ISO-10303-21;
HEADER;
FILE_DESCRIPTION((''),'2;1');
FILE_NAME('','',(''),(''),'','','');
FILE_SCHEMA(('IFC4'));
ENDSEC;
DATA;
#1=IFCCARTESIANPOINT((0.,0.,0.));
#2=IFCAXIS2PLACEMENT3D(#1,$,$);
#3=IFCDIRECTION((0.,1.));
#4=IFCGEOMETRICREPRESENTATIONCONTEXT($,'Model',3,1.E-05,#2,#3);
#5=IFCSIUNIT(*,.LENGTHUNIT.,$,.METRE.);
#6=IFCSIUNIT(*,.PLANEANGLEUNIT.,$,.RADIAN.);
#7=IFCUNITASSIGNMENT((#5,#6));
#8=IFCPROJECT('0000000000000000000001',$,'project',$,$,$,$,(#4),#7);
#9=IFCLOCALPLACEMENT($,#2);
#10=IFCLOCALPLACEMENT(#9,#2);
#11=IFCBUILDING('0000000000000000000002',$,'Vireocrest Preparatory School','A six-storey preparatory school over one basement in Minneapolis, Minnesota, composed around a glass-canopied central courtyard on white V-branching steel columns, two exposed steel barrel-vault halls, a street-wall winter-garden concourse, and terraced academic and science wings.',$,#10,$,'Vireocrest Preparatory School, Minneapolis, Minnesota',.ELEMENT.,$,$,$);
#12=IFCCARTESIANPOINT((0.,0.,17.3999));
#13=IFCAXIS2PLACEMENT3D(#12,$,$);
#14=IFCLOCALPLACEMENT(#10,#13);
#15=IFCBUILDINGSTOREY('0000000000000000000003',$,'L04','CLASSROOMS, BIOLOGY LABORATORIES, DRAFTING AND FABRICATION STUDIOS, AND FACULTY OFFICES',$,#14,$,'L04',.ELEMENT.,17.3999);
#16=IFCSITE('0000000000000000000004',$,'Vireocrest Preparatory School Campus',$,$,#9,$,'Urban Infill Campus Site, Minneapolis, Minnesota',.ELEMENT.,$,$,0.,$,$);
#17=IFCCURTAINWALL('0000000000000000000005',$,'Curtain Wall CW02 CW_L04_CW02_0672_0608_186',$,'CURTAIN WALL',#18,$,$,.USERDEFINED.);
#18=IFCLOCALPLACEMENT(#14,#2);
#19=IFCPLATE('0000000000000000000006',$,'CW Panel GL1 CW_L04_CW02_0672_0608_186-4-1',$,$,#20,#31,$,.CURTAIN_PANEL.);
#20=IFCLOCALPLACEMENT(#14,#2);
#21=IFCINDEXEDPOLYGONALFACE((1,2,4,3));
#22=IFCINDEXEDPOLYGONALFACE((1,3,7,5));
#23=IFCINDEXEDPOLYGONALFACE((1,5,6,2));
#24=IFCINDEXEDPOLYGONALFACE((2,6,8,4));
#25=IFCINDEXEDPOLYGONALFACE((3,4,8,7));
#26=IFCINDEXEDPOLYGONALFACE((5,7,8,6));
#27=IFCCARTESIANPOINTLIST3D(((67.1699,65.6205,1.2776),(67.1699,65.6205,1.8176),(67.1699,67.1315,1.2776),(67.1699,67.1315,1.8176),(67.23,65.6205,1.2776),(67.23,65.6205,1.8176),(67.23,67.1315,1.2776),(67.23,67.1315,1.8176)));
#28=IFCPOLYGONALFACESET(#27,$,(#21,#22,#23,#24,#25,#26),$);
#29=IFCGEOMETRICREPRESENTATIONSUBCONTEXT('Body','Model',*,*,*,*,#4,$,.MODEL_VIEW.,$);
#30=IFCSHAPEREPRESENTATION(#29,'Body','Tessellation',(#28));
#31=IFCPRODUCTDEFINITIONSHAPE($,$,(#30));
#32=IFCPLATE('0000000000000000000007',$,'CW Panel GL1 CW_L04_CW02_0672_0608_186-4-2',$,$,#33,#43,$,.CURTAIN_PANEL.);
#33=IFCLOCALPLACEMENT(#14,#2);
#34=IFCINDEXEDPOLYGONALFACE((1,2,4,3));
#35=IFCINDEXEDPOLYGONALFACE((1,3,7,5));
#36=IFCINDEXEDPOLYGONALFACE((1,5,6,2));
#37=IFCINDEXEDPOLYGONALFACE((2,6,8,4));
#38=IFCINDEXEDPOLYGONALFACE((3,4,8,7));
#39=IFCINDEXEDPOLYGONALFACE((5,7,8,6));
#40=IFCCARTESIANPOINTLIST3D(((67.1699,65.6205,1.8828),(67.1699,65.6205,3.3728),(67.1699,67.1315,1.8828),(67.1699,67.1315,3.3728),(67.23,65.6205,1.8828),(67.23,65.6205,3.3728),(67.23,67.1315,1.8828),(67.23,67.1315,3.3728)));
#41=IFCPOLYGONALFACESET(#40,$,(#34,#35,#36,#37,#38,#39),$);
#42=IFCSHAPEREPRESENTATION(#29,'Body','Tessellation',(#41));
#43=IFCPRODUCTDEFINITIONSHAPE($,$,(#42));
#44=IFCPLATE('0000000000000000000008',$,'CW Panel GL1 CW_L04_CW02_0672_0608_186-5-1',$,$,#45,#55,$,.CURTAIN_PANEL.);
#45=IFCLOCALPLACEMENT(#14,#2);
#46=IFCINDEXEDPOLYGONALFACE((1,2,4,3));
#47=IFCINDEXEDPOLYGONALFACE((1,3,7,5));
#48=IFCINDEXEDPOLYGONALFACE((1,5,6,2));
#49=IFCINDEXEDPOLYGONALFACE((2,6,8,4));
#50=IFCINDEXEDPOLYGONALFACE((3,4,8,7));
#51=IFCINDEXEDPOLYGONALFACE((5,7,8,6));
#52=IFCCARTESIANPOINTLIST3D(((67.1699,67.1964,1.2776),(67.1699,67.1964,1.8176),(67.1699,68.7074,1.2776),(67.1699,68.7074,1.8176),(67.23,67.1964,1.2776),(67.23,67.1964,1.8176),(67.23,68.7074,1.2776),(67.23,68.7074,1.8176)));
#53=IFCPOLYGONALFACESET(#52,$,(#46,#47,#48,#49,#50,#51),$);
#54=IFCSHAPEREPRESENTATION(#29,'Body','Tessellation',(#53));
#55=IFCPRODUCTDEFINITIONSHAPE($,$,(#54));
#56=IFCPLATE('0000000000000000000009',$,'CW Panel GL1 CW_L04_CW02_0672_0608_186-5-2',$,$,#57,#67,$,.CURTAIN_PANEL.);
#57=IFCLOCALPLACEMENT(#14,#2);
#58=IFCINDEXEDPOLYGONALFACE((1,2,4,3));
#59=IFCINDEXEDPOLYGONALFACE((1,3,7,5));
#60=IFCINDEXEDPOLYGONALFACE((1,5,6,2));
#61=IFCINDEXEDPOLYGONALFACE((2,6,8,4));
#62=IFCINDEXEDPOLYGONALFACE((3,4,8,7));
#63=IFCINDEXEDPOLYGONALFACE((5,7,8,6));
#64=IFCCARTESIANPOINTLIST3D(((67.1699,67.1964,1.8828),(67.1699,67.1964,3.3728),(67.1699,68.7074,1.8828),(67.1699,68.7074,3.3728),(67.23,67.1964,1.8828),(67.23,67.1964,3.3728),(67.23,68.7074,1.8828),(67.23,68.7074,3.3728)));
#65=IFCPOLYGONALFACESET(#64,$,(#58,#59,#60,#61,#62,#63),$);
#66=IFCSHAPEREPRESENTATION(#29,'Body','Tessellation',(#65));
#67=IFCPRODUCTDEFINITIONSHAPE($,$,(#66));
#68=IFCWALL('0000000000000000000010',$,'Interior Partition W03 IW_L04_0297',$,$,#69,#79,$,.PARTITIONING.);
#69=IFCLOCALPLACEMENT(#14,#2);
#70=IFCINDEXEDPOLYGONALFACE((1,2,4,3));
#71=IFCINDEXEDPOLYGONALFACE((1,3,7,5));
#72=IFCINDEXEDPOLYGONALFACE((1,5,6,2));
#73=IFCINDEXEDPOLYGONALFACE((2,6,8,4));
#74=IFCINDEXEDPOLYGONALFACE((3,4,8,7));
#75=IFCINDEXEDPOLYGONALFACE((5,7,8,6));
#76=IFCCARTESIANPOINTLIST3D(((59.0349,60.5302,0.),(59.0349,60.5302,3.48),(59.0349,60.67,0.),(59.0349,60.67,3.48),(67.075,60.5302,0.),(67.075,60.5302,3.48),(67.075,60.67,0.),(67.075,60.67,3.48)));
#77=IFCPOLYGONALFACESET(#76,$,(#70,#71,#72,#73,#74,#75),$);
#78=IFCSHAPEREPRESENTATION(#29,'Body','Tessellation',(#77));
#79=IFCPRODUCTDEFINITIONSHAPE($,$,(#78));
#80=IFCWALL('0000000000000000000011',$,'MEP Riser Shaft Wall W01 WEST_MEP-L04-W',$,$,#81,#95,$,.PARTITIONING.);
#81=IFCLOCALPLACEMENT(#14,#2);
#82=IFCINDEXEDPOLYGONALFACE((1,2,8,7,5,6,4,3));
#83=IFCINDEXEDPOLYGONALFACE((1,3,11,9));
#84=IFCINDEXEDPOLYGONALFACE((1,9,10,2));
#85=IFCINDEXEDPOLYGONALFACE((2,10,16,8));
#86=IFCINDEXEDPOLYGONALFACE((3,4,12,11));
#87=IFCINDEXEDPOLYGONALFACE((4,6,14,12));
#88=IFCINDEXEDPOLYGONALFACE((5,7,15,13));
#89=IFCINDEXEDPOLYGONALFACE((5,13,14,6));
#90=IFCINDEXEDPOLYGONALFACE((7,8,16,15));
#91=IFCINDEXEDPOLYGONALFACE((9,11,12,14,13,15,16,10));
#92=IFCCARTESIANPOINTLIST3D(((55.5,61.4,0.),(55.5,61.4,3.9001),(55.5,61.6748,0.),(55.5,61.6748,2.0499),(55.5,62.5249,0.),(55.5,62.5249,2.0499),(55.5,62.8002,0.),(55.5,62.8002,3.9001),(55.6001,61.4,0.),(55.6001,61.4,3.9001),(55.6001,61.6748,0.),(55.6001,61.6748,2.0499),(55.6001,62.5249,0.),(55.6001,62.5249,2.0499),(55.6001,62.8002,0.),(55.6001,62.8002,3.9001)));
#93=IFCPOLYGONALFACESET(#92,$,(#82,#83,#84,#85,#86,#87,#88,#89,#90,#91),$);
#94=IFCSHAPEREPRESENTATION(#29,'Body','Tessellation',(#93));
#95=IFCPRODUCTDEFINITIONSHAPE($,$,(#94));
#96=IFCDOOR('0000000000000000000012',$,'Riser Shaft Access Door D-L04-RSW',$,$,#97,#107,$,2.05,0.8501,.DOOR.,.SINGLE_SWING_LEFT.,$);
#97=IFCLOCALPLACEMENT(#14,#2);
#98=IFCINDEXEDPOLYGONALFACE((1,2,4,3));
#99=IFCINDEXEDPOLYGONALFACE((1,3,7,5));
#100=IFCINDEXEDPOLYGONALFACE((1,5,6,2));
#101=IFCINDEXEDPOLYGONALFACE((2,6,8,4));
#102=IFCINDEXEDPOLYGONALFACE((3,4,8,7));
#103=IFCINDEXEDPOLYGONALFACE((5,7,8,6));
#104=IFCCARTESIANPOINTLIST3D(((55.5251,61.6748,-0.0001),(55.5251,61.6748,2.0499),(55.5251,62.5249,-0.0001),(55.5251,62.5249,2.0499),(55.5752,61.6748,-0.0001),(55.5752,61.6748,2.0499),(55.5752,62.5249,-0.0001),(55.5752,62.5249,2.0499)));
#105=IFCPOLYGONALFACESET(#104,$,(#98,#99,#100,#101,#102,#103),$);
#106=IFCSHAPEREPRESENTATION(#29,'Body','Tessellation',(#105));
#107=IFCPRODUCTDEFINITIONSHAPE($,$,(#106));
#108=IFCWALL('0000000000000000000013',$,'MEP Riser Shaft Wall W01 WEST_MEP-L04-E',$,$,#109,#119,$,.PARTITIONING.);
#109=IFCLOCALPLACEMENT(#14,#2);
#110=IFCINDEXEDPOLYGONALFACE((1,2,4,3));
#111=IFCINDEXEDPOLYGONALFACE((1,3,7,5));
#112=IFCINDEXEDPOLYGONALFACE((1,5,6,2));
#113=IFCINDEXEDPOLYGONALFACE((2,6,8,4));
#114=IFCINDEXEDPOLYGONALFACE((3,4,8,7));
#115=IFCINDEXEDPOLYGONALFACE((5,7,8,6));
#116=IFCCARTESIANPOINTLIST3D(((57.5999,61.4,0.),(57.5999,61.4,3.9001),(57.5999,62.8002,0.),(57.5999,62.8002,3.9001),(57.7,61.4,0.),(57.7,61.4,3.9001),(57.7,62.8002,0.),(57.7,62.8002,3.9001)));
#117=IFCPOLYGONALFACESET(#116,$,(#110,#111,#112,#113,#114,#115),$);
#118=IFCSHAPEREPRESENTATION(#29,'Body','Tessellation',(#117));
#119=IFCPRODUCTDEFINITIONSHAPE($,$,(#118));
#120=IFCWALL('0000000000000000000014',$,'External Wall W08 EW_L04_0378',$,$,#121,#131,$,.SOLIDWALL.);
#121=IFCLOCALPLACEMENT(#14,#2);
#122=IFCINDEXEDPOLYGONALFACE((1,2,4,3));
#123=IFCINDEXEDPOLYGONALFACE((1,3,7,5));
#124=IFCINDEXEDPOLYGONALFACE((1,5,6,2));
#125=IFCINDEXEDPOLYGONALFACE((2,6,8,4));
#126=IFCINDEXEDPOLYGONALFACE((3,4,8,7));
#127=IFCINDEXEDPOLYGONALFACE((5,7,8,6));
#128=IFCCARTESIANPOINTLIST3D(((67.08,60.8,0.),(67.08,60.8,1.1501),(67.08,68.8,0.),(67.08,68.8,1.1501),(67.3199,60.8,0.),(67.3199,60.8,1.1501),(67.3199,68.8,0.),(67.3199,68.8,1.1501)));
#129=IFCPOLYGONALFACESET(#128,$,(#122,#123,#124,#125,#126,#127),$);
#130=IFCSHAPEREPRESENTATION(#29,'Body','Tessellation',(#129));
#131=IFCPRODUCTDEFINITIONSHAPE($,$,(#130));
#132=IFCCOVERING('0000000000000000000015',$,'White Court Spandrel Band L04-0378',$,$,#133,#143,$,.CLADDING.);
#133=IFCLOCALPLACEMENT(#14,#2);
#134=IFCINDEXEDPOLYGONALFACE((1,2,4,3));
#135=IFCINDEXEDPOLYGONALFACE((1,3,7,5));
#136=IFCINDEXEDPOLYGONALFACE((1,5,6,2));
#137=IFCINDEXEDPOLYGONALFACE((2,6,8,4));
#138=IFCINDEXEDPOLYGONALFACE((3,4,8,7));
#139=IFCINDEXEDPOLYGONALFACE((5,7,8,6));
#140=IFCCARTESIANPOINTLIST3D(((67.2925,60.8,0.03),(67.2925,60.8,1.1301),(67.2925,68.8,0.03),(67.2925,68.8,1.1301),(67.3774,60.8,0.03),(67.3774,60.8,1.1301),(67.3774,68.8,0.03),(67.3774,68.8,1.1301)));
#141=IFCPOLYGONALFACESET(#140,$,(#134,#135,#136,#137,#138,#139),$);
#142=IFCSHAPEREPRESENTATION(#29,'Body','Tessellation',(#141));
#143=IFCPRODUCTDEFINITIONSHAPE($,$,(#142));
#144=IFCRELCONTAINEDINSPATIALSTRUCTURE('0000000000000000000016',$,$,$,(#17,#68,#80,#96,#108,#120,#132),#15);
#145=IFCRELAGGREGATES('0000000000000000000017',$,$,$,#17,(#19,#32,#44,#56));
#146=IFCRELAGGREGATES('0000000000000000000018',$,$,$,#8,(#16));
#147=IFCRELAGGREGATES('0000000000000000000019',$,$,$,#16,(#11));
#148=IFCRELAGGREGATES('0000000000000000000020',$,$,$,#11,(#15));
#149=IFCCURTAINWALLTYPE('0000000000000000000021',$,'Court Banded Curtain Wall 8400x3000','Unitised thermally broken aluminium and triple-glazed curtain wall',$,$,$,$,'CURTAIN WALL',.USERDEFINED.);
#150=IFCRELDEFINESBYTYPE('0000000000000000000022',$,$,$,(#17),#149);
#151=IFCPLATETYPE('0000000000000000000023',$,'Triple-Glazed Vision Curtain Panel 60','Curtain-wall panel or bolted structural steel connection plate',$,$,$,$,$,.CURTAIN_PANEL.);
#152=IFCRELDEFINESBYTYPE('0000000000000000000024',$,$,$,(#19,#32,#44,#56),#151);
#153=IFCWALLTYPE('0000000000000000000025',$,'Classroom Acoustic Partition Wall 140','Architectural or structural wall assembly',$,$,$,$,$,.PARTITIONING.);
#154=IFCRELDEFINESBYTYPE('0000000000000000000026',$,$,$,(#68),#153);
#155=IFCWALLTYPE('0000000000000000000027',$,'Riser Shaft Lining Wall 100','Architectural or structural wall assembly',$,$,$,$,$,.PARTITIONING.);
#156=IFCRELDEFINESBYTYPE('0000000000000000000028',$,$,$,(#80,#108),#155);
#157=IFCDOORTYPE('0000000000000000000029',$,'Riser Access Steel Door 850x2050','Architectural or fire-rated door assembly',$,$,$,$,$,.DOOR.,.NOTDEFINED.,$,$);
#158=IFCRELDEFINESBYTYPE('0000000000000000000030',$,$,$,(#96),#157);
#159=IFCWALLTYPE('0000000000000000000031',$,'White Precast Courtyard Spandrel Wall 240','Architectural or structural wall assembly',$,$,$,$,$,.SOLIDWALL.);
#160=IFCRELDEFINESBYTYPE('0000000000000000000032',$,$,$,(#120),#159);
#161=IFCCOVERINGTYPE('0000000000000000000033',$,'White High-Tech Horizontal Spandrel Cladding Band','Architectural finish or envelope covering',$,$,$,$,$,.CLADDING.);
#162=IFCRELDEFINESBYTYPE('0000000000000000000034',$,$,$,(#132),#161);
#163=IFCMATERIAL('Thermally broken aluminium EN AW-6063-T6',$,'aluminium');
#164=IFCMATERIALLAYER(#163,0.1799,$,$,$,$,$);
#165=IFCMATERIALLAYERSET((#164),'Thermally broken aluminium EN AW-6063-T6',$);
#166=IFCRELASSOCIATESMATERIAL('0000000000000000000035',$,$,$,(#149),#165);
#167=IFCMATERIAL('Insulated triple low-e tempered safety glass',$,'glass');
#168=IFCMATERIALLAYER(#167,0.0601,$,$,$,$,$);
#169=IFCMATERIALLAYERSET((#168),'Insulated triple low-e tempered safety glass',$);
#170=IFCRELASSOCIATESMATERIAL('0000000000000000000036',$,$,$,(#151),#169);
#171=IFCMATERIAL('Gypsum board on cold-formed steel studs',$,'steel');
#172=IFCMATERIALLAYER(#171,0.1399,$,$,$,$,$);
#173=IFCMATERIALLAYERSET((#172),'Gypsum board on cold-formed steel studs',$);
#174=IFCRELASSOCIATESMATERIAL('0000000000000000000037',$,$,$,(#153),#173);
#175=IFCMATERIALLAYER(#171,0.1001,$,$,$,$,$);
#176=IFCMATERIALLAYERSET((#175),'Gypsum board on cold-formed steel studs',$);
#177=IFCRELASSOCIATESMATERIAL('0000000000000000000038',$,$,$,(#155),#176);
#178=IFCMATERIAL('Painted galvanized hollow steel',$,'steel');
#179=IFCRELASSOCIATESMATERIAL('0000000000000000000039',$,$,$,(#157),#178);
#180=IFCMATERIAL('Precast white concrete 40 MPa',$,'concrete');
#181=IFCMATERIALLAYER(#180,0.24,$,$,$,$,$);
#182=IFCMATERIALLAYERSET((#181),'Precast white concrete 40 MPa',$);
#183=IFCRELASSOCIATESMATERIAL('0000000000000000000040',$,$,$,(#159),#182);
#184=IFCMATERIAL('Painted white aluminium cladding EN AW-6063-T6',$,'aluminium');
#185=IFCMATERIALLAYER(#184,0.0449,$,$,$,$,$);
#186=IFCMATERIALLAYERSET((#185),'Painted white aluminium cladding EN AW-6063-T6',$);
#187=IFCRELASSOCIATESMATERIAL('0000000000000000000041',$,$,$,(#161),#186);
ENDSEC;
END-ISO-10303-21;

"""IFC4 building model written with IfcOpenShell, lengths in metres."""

from ifc_helpers import new_model, si_unit, direction, frame, frame_2d, origin, origin_2d, place, context, subcontext, project, spatial, rectangle, extrude, material, layer, layer_set, type_object, element, fill, aggregate, save


model = new_model("IFC4")

# Units and contexts
model_context = context("Model", 3, precision=1e-05, world=origin(), true_north=direction((0.0, 1.0)))
body_context = subcontext(model_context, "Body", "Model", "MODEL_VIEW")
ifc_project = project(units=[si_unit("LENGTHUNIT", "METRE"), si_unit("PLANEANGLEUNIT", "RADIAN")], contexts=[model_context])

# Site, building, storey
site_placement = place(None, origin())
site = spatial("IfcSite", under=ifc_project, at=site_placement, Name="Vireocrest Preparatory School Campus", LongName="Urban Infill Campus Site, Minneapolis, Minnesota", CompositionType="ELEMENT", RefElevation=0.0)
building_placement = place(site_placement, origin())
building = spatial("IfcBuilding", under=site, at=building_placement, Name="Vireocrest Preparatory School", Description="A six-storey preparatory school over one basement in Minneapolis, Minnesota, composed around a glass-canopied central courtyard on white V-branching steel columns, two exposed steel barrel-vault halls, a street-wall winter-garden concourse, and terraced academic and science wings.", LongName="Vireocrest Preparatory School, Minneapolis, Minnesota", CompositionType="ELEMENT")
storey_placement = place(building_placement, frame((0.0, 0.0, 17.3999)))
storey = spatial("IfcBuildingStorey", under=building, at=storey_placement, Name="L04", Description="CLASSROOMS, BIOLOGY LABORATORIES, DRAFTING AND FABRICATION STUDIOS, AND FACULTY OFFICES", LongName="L04", CompositionType="ELEMENT", Elevation=17.3999)

# Shared definitions
ifc_material_1 = material(Name="Thermally broken aluminium EN AW-6063-T6", Category="aluminium")
ifc_layer_1 = layer(ifc_material_1, 0.1799)
ifc_layer_set_1 = layer_set([ifc_layer_1], Name="Thermally broken aluminium EN AW-6063-T6")
curtain_wall_type = type_object("IfcCurtainWallType", Name="Court Banded Curtain Wall 8400x3000", Description="Unitised thermally broken aluminium and triple-glazed curtain wall", ElementType="CURTAIN WALL", PredefinedType="USERDEFINED", material=ifc_layer_set_1)

# Curtain wall
curtain_wall_1_placement = place(storey_placement, origin())
curtain_wall_1 = element("IfcCurtainWall", 1, at=curtain_wall_1_placement, inside=storey, type_object=curtain_wall_type, Name="Curtain Wall CW02 CW_L04_CW02_0672_0608_186", ObjectType="CURTAIN WALL", PredefinedType="USERDEFINED")

# Plates
ifc_material_2 = material(Name="Insulated triple low-e tempered safety glass", Category="glass")
ifc_layer_2 = layer(ifc_material_2, 0.0601)
ifc_layer_set_2 = layer_set([ifc_layer_2], Name="Insulated triple low-e tempered safety glass")
plate_type = type_object("IfcPlateType", Name="Triple-Glazed Vision Curtain Panel 60", Description="Curtain-wall panel or bolted structural steel connection plate", PredefinedType="CURTAIN_PANEL", material=ifc_layer_set_2)
plate_1_placement = place(storey_placement, frame((67.2, 66.376, 1.2776), z_axis=(0.0, 0.0, 1.0), x_axis=(0.0, 1.0, 0.0)))
plate_1 = element("IfcPlate", 2, at=plate_1_placement, type_object=plate_type, Name="CW Panel GL1 CW_L04_CW02_0672_0608_186-4-1", PredefinedType="CURTAIN_PANEL", context=body_context, shape_type="SweptSolid", body=[
    extrude(rectangle(XDim=1.511, YDim=0.0601, at=origin_2d()), origin(), (0.0, 0.0, 1.0), 0.54),
])
plate_2_placement = place(storey_placement, frame((67.2, 66.376, 1.8828), z_axis=(0.0, 0.0, 1.0), x_axis=(0.0, 1.0, 0.0)))
plate_2 = element("IfcPlate", 3, at=plate_2_placement, type_object=plate_type, Name="CW Panel GL1 CW_L04_CW02_0672_0608_186-4-2", PredefinedType="CURTAIN_PANEL", context=body_context, shape_type="SweptSolid", body=[
    extrude(rectangle(XDim=1.511, YDim=0.0601, at=origin_2d()), origin(), (0.0, 0.0, 1.0), 1.49),
])
plate_3_placement = place(storey_placement, frame((67.2, 67.9519, 1.2776), z_axis=(0.0, 0.0, 1.0), x_axis=(0.0, 1.0, 0.0)))
plate_3 = element("IfcPlate", 4, at=plate_3_placement, type_object=plate_type, Name="CW Panel GL1 CW_L04_CW02_0672_0608_186-5-1", PredefinedType="CURTAIN_PANEL", context=body_context, shape_type="SweptSolid", body=[
    extrude(rectangle(XDim=1.511, YDim=0.0601, at=origin_2d()), origin(), (0.0, 0.0, 1.0), 0.54),
])
plate_4_placement = place(storey_placement, frame((67.2, 67.9519, 1.8828), z_axis=(0.0, 0.0, 1.0), x_axis=(0.0, 1.0, 0.0)))
plate_4 = element("IfcPlate", 5, at=plate_4_placement, type_object=plate_type, Name="CW Panel GL1 CW_L04_CW02_0672_0608_186-5-2", PredefinedType="CURTAIN_PANEL", context=body_context, shape_type="SweptSolid", body=[
    extrude(rectangle(XDim=1.511, YDim=0.0601, at=origin_2d()), origin(), (0.0, 0.0, 1.0), 1.49),
])
aggregate(curtain_wall_1, [plate_1, plate_2, plate_3, plate_4])

# Wall
ifc_material_3 = material(Name="Gypsum board on cold-formed steel studs", Category="steel")
ifc_layer_3 = layer(ifc_material_3, 0.1399)
ifc_layer_set_3 = layer_set([ifc_layer_3], Name="Gypsum board on cold-formed steel studs")
wall_type_1 = type_object("IfcWallType", Name="Classroom Acoustic Partition Wall 140", Description="Architectural or structural wall assembly", PredefinedType="PARTITIONING", material=ifc_layer_set_3)
wall_1_placement = place(storey_placement, frame((59.0349, 60.6001, 0.0), z_axis=(0.0, 0.0, 1.0), x_axis=(1.0, 0.0, 0.0)))
element("IfcWall", 6, at=wall_1_placement, inside=storey, type_object=wall_type_1, Name="Interior Partition W03 IW_L04_0297", PredefinedType="PARTITIONING", context=body_context, shape_type="SweptSolid", body=[
    extrude(rectangle(XDim=8.04, YDim=0.1399, at=frame_2d((4.02, 0.0))), origin(), (0.0, 0.0, 1.0), 3.48),
])

# Wall, opening, door
ifc_layer_4 = layer(ifc_material_3, 0.1001)
ifc_layer_set_4 = layer_set([ifc_layer_4], Name="Gypsum board on cold-formed steel studs")
wall_type_2 = type_object("IfcWallType", Name="Riser Shaft Lining Wall 100", Description="Architectural or structural wall assembly", PredefinedType="PARTITIONING", material=ifc_layer_set_4)
wall_2_placement = place(storey_placement, frame((55.55, 61.3999, 0.0), z_axis=(0.0, 0.0, 1.0), x_axis=(0.0, 1.0, 0.0)))
wall_2 = element("IfcWall", 7, at=wall_2_placement, inside=storey, type_object=wall_type_2, Name="MEP Riser Shaft Wall W01 WEST_MEP-L04-W", PredefinedType="PARTITIONING", context=body_context, shape_type="SweptSolid", body=[
    extrude(rectangle(XDim=1.4001, YDim=0.1001, at=frame_2d((0.7002, 0.0))), origin(), (0.0, 0.0, 1.0), 3.9001),
])
opening_placement = place(wall_2_placement, frame((0.2749, 0.0, 0.0)))
opening = element("IfcOpeningElement", 8, at=opening_placement, cuts=wall_2, PredefinedType="OPENING", context=body_context, shape_type="SweptSolid", body=[
    extrude(rectangle(XDim=0.8501, YDim=2.05, at=frame_2d((0.425, 1.0249))), frame((0.0, 0.0601, 0.0), z_axis=(0.0, -1.0, 0.0), x_axis=(1.0, 0.0, 0.0)), (0.0, 0.0, 1.0), 0.1201),
])
ifc_material_4 = material(Name="Painted galvanized hollow steel", Category="steel")
door_type = type_object("IfcDoorType", Name="Riser Access Steel Door 850x2050", Description="Architectural or fire-rated door assembly", OperationType="NOTDEFINED", PredefinedType="DOOR", material=ifc_material_4)
door_placement = place(opening_placement, origin())
door = element("IfcDoor", 9, at=door_placement, inside=storey, type_object=door_type, Name="Riser Shaft Access Door D-L04-RSW", OperationType="SINGLE_SWING_LEFT", OverallHeight=2.05, OverallWidth=0.8501, PredefinedType="DOOR", context=body_context, shape_type="SweptSolid", body=[
    extrude(rectangle(XDim=0.8501, YDim=2.05, at=frame_2d((0.425, 1.0249))), frame((0.0, 0.0249, 0.0), z_axis=(0.0, -1.0, 0.0), x_axis=(1.0, 0.0, 0.0)), (0.0, 0.0, 1.0), 0.05),
])
fill(opening, door)

# Walls
wall_3_placement = place(storey_placement, frame((57.6499, 61.3999, 0.0), z_axis=(0.0, 0.0, 1.0), x_axis=(0.0, 1.0, 0.0)))
element("IfcWall", 10, at=wall_3_placement, inside=storey, type_object=wall_type_2, Name="MEP Riser Shaft Wall W01 WEST_MEP-L04-E", PredefinedType="PARTITIONING", context=body_context, shape_type="SweptSolid", body=[
    extrude(rectangle(XDim=1.4001, YDim=0.1001, at=frame_2d((0.7002, 0.0))), origin(), (0.0, 0.0, 1.0), 3.9001),
])
ifc_material_5 = material(Name="Precast white concrete 40 MPa", Category="concrete")
ifc_layer_5 = layer(ifc_material_5, 0.24)
ifc_layer_set_5 = layer_set([ifc_layer_5], Name="Precast white concrete 40 MPa")
wall_type_3 = type_object("IfcWallType", Name="White Precast Courtyard Spandrel Wall 240", Description="Architectural or structural wall assembly", PredefinedType="SOLIDWALL", material=ifc_layer_set_5)
wall_4_placement = place(storey_placement, frame((67.2, 60.8, 0.0), z_axis=(0.0, 0.0, 1.0), x_axis=(0.0, 1.0, 0.0)))
element("IfcWall", 11, at=wall_4_placement, inside=storey, type_object=wall_type_3, Name="External Wall W08 EW_L04_0378", PredefinedType="SOLIDWALL", context=body_context, shape_type="SweptSolid", body=[
    extrude(rectangle(XDim=8.0, YDim=0.24, at=frame_2d((4.0, 0.0))), origin(), (0.0, 0.0, 1.0), 1.1501),
])

# Covering
ifc_material_6 = material(Name="Painted white aluminium cladding EN AW-6063-T6", Category="aluminium")
ifc_layer_6 = layer(ifc_material_6, 0.0449)
ifc_layer_set_6 = layer_set([ifc_layer_6], Name="Painted white aluminium cladding EN AW-6063-T6")
covering_type = type_object("IfcCoveringType", Name="White High-Tech Horizontal Spandrel Cladding Band", Description="Architectural finish or envelope covering", PredefinedType="CLADDING", material=ifc_layer_set_6)
covering_placement = place(storey_placement, frame((67.335, 64.8, 0.03), z_axis=(0.0, 0.0, 1.0), x_axis=(1.0, 0.0, 0.0)))
element("IfcCovering", 12, at=covering_placement, inside=storey, type_object=covering_type, Name="White Court Spandrel Band L04-0378", PredefinedType="CLADDING", context=body_context, shape_type="SweptSolid", body=[
    extrude(rectangle(XDim=0.085, YDim=8.0, at=origin_2d()), origin(), (0.0, 0.0, 1.0), 1.1001),
])

save(model, "model.ifc")
